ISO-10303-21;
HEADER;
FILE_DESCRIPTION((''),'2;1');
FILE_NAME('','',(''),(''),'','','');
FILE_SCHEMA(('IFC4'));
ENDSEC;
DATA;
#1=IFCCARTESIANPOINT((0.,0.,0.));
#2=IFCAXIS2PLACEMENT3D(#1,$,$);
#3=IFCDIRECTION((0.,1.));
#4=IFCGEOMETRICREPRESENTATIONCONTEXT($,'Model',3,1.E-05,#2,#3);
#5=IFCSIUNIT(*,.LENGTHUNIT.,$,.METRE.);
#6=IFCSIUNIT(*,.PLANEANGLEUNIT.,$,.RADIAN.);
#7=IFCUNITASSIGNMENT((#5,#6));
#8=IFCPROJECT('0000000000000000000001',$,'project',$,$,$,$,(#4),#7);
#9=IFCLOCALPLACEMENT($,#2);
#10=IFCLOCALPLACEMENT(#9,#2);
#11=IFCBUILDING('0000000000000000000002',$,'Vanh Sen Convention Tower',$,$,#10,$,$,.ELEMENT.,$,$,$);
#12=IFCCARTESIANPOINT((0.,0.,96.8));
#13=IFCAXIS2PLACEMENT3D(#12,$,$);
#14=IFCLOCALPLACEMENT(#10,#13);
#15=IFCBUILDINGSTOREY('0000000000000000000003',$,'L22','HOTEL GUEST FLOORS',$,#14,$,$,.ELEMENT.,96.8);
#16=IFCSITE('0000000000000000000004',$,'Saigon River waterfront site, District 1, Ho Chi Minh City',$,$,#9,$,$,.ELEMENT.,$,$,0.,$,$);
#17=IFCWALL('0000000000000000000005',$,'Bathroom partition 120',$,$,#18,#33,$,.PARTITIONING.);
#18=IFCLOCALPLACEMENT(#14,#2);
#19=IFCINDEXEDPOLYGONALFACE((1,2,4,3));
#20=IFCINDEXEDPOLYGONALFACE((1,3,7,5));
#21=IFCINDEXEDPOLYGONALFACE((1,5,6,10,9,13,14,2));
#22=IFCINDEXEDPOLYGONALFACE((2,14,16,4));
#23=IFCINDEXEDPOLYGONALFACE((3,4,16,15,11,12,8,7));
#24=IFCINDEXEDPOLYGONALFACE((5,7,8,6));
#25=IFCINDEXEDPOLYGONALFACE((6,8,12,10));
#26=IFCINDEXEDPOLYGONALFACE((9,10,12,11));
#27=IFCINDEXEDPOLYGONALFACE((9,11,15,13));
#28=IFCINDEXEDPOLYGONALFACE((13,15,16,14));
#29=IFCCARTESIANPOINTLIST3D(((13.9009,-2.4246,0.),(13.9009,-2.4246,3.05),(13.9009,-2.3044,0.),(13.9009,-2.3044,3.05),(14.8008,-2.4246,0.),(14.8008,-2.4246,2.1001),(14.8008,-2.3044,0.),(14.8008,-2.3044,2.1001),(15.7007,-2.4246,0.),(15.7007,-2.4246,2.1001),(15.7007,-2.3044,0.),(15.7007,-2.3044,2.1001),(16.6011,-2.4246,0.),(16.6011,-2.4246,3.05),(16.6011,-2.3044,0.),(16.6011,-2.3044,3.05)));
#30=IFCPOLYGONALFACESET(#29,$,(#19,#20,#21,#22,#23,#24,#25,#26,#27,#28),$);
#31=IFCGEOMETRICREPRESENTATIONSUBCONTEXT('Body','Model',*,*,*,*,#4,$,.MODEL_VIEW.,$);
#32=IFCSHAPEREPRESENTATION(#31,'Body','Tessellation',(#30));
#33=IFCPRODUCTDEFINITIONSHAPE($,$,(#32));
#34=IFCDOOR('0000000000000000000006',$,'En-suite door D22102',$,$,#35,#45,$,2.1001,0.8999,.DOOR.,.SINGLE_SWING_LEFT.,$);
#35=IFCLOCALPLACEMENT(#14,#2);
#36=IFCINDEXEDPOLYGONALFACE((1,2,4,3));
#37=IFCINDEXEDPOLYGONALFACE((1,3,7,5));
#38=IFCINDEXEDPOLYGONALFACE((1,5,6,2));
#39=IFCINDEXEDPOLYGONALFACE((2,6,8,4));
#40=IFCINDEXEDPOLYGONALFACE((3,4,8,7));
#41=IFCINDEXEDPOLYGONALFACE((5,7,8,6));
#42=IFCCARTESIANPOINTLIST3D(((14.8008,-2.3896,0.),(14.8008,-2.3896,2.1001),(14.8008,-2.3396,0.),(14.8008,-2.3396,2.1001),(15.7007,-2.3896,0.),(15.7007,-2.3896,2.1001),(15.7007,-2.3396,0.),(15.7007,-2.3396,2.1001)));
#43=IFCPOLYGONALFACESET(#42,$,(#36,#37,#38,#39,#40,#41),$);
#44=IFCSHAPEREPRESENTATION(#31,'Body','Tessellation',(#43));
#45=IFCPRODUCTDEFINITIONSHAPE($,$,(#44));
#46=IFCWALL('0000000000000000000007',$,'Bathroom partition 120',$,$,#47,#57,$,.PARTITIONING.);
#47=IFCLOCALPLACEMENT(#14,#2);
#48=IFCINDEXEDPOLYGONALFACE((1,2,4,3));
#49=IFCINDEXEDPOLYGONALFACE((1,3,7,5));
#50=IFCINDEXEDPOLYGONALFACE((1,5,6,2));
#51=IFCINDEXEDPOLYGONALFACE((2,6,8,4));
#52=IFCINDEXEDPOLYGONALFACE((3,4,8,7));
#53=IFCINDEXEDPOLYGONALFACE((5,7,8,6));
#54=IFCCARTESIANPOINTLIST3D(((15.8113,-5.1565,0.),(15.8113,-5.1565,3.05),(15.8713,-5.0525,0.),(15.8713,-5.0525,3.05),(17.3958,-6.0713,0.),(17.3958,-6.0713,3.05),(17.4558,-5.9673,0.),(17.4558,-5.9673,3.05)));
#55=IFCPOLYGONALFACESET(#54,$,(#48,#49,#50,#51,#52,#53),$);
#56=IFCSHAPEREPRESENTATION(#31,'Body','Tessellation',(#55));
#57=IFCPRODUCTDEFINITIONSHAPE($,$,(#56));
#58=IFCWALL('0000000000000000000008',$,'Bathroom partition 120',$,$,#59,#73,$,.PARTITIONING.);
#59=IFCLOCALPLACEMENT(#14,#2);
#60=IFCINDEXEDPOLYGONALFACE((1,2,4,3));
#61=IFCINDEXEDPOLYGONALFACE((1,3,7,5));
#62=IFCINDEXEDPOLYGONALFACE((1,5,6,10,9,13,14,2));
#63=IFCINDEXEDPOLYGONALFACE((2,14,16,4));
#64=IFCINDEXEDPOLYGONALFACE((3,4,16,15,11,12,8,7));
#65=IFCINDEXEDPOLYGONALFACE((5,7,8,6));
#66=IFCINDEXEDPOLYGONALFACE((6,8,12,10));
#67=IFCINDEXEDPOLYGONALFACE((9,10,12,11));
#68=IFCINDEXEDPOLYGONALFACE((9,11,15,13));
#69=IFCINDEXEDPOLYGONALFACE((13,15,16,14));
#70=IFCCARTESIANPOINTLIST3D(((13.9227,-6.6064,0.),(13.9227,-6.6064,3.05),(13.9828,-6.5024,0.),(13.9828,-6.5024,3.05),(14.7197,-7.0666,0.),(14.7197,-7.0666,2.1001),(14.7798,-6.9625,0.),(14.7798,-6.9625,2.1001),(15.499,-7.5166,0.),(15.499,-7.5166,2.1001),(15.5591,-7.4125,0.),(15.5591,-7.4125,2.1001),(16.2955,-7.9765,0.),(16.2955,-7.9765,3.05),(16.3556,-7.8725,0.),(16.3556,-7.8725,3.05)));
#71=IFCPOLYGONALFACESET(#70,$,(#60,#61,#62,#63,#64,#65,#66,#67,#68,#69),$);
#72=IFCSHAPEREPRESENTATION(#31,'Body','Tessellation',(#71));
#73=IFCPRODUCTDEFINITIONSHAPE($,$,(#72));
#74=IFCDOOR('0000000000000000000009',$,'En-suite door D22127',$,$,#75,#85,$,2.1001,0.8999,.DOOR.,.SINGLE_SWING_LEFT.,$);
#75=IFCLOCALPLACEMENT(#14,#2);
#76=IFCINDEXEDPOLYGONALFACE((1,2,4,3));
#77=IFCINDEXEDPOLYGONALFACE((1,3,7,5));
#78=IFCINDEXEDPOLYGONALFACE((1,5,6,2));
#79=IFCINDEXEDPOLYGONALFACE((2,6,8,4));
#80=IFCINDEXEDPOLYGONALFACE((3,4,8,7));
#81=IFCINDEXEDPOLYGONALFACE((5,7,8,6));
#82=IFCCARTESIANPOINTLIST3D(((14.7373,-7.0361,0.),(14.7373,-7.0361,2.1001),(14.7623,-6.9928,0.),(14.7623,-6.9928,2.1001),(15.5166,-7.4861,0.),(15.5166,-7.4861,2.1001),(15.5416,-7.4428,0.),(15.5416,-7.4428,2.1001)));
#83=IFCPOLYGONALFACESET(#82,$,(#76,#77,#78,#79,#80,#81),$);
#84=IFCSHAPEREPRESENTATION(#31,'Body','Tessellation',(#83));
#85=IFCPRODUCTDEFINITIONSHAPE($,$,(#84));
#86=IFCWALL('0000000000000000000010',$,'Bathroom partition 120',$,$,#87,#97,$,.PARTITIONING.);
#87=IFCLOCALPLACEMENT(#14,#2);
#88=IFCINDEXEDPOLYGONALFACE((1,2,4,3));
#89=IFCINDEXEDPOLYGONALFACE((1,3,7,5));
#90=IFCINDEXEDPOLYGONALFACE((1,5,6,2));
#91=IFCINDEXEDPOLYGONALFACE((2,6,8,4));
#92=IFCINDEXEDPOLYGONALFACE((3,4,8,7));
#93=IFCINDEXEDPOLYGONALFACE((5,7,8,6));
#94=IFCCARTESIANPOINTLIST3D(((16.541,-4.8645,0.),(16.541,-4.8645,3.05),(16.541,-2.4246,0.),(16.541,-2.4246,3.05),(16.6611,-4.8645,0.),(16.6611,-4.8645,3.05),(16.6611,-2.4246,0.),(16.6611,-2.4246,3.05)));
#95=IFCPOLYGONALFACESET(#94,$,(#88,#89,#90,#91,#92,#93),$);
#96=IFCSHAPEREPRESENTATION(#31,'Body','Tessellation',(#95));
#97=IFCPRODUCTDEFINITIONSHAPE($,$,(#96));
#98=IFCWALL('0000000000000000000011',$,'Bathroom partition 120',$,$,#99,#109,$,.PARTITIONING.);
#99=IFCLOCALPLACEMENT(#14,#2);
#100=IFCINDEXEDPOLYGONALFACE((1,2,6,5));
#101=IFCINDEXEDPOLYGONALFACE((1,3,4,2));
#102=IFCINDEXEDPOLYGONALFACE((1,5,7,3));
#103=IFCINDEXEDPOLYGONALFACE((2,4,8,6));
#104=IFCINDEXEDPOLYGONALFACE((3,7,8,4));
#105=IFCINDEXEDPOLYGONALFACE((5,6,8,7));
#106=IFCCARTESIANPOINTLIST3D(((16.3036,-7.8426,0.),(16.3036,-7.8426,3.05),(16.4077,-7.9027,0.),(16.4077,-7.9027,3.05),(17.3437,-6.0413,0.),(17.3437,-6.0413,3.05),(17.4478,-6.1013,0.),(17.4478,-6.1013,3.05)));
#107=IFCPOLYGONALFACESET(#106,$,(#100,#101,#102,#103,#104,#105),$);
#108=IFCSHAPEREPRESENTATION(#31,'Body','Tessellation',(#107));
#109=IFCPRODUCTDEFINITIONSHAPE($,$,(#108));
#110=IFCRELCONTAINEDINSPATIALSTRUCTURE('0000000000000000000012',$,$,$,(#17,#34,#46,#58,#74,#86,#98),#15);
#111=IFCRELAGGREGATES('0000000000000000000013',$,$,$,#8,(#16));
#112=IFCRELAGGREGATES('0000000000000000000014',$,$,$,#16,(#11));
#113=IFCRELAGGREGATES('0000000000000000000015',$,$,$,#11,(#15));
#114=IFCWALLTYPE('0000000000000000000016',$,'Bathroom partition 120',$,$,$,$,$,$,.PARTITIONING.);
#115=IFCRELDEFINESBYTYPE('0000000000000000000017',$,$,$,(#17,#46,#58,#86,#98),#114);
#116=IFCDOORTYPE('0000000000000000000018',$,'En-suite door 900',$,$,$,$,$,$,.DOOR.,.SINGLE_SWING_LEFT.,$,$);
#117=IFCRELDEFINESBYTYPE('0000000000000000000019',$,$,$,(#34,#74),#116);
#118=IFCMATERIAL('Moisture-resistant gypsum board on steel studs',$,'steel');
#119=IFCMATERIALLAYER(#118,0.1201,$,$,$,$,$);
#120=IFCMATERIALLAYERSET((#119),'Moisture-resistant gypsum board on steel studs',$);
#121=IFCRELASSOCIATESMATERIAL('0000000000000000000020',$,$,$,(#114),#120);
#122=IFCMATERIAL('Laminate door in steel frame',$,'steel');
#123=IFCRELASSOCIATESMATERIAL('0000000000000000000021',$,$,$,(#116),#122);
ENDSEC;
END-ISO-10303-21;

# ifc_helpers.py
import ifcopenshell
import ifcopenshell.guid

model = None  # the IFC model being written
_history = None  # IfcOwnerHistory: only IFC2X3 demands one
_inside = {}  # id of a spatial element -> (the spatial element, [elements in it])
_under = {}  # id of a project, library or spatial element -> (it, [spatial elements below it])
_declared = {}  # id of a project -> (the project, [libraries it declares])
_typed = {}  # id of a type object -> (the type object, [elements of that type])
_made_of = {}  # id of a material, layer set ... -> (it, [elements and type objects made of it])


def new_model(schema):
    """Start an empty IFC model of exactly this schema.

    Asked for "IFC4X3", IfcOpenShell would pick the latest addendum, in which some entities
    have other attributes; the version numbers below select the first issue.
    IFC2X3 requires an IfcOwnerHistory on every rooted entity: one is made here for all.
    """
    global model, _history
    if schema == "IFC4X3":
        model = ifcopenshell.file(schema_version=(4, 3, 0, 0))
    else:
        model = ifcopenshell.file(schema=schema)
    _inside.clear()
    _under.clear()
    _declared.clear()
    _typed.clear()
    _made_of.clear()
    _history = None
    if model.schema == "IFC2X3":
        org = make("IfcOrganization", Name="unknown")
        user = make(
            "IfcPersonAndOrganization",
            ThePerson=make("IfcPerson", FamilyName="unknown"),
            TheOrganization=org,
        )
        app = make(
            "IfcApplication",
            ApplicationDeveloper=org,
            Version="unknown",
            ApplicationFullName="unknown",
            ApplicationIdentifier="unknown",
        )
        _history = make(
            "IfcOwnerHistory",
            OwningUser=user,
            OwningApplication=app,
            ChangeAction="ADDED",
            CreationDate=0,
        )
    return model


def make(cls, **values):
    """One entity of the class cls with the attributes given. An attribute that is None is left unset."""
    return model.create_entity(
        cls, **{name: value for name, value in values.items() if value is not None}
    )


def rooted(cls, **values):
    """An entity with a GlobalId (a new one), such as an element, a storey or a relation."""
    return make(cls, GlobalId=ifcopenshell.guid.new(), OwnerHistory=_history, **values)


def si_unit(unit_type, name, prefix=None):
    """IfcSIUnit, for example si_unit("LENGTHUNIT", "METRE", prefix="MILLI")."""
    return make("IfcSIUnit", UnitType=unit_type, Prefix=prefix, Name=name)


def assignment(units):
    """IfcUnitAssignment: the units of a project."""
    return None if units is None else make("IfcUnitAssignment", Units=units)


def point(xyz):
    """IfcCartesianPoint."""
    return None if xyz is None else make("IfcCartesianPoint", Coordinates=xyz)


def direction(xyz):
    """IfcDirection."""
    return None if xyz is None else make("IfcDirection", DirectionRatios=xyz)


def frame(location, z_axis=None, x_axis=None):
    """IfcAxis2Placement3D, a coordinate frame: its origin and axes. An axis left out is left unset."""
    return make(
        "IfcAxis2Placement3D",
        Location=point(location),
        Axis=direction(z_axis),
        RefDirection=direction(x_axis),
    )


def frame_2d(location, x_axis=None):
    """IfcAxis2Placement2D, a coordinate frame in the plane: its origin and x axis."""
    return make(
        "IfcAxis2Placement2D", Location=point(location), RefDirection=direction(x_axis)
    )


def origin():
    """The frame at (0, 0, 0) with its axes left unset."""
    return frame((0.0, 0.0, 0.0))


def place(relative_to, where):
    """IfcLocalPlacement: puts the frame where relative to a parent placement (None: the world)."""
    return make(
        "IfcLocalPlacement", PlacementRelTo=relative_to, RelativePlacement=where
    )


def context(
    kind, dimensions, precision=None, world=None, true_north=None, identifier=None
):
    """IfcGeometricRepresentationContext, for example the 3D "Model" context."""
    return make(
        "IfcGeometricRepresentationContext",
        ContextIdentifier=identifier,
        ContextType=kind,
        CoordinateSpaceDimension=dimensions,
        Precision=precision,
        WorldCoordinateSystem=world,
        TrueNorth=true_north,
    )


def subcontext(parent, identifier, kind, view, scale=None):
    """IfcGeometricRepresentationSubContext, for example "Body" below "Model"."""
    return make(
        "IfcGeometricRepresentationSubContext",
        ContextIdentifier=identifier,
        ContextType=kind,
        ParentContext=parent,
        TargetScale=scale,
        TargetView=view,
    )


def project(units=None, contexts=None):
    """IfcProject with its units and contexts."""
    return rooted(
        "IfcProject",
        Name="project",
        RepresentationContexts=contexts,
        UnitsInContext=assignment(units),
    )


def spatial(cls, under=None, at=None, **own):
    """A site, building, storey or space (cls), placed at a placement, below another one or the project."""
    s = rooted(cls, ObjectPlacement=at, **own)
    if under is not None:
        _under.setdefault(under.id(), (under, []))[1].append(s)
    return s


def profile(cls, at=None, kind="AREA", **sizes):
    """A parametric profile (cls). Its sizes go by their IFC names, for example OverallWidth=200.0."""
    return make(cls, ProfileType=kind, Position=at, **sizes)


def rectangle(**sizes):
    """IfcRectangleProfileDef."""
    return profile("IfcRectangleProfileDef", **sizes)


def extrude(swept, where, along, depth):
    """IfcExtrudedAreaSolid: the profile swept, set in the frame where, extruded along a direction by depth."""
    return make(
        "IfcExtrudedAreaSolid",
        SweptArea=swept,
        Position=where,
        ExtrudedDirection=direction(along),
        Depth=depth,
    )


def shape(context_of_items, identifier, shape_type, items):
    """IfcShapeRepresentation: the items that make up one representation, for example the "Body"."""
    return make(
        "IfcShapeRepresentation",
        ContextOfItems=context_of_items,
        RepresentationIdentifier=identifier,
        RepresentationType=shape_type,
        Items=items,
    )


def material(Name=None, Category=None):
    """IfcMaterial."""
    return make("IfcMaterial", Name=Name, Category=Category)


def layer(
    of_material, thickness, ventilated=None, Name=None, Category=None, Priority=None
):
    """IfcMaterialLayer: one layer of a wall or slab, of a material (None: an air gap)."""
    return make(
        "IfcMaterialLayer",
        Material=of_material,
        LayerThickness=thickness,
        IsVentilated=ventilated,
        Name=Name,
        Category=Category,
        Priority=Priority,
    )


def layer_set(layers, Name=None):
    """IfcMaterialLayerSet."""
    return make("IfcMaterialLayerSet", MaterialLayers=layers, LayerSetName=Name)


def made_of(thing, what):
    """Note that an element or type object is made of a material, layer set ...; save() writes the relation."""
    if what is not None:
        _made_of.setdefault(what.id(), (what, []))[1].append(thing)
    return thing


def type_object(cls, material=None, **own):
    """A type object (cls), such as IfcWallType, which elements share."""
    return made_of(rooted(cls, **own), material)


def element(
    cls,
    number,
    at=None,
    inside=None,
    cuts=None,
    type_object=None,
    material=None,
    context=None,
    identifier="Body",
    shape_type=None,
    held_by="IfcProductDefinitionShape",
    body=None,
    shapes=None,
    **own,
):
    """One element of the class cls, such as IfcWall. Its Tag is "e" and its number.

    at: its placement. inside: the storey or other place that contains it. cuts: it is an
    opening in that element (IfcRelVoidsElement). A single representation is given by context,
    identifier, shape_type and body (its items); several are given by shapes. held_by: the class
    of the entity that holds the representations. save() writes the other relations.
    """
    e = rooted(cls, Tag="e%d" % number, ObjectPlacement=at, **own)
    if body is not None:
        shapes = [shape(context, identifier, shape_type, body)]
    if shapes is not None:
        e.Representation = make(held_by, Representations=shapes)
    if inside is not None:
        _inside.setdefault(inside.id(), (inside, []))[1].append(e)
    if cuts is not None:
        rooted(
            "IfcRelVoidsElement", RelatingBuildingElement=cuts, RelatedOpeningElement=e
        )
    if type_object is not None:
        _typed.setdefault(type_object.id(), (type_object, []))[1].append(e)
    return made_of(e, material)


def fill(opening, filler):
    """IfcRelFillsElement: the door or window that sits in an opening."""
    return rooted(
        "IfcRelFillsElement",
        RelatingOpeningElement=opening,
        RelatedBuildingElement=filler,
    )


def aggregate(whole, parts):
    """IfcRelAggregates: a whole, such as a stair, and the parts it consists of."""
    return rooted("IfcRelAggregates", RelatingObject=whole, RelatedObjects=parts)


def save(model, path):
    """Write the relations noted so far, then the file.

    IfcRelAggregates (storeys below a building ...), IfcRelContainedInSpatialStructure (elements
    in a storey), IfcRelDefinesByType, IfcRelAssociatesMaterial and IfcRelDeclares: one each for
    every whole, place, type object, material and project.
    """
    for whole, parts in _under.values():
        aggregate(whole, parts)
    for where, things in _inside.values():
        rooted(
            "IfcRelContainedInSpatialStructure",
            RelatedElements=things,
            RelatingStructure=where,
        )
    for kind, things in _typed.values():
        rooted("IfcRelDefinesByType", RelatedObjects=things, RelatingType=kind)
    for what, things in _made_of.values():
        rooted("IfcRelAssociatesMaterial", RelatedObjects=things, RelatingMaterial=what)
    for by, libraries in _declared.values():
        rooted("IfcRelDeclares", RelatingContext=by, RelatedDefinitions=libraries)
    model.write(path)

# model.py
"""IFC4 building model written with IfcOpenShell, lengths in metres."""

from ifc_helpers import new_model, si_unit, direction, frame, frame_2d, origin, place, context, subcontext, project, spatial, rectangle, extrude, material, layer, layer_set, type_object, element, fill, save


model = new_model("IFC4")

# Units and contexts
model_context = context("Model", 3, precision=1e-05, world=origin(), true_north=direction((0.0, 1.0)))
body_context = subcontext(model_context, "Body", "Model", "MODEL_VIEW")
ifc_project = project(units=[si_unit("LENGTHUNIT", "METRE"), si_unit("PLANEANGLEUNIT", "RADIAN")], contexts=[model_context])

# Site, building, storey
site_placement = place(None, origin())
site = spatial("IfcSite", under=ifc_project, at=site_placement, Name="Saigon River waterfront site, District 1, Ho Chi Minh City", CompositionType="ELEMENT", RefElevation=0.0)
building_placement = place(site_placement, origin())
building = spatial("IfcBuilding", under=site, at=building_placement, Name="Vanh Sen Convention Tower", CompositionType="ELEMENT")
storey_placement = place(building_placement, frame((0.0, 0.0, 96.8)))
storey = spatial("IfcBuildingStorey", under=building, at=storey_placement, Name="L22", Description="HOTEL GUEST FLOORS", CompositionType="ELEMENT", Elevation=96.8)

# Wall, opening, door
ifc_material_1 = material(Name="Moisture-resistant gypsum board on steel studs", Category="steel")
ifc_layer_1 = layer(ifc_material_1, 0.1201)
ifc_layer_set_1 = layer_set([ifc_layer_1], Name="Moisture-resistant gypsum board on steel studs")
wall_type_1 = type_object("IfcWallType", Name="Bathroom partition 120", PredefinedType="PARTITIONING", material=ifc_layer_set_1)
wall_1_placement = place(storey_placement, frame((13.9009, -2.3645, 0.0), z_axis=(0.0, 0.0, 1.0), x_axis=(1.0, 0.0, 0.0)))
wall_1 = element("IfcWall", 1, at=wall_1_placement, inside=storey, type_object=wall_type_1, Name="Bathroom partition 120", PredefinedType="PARTITIONING", context=body_context, shape_type="SweptSolid", body=[
    extrude(rectangle(XDim=2.7002, YDim=0.1201, at=frame_2d((1.3501, 0.0))), origin(), (0.0, 0.0, 1.0), 3.05),
])
opening_1_placement = place(wall_1_placement, frame((0.8999, 0.0, 0.0)))
opening_1 = element("IfcOpeningElement", 2, at=opening_1_placement, cuts=wall_1, PredefinedType="OPENING", context=body_context, shape_type="SweptSolid", body=[
    extrude(rectangle(XDim=0.8999, YDim=2.1001, at=frame_2d((0.45, 1.05))), frame((0.0, 0.0701, 0.0), z_axis=(0.0, -1.0, 0.0), x_axis=(1.0, 0.0, 0.0)), (0.0, 0.0, 1.0), 0.1401),
])
ifc_material_2 = material(Name="Laminate door in steel frame", Category="steel")
door_type = type_object("IfcDoorType", Name="En-suite door 900", OperationType="SINGLE_SWING_LEFT", PredefinedType="DOOR", material=ifc_material_2)
door_1_placement = place(opening_1_placement, origin())
door_1 = element("IfcDoor", 3, at=door_1_placement, inside=storey, type_object=door_type, Name="En-suite door D22102", OperationType="SINGLE_SWING_LEFT", OverallHeight=2.1001, OverallWidth=0.8999, PredefinedType="DOOR", context=body_context, shape_type="SweptSolid", body=[
    extrude(rectangle(XDim=0.8999, YDim=2.1001, at=frame_2d((0.45, 1.05))), frame((0.0, 0.0249, 0.0), z_axis=(0.0, -1.0, 0.0), x_axis=(1.0, 0.0, 0.0)), (0.0, 0.0, 1.0), 0.05),
])
fill(opening_1, door_1)

# Wall
wall_2_placement = place(storey_placement, frame((15.8413, -5.1045, 0.0), z_axis=(0.0, 0.0, 1.0), x_axis=(0.866026, -0.5, 0.0)))
element("IfcWall", 4, at=wall_2_placement, inside=storey, type_object=wall_type_1, Name="Bathroom partition 120", PredefinedType="PARTITIONING", context=body_context, shape_type="SweptSolid", body=[
    extrude(rectangle(XDim=1.8296, YDim=0.1201, at=frame_2d((0.9148, 0.0))), origin(), (0.0, 0.0, 1.0), 3.05),
])

# Wall, opening, door
wall_3_placement = place(storey_placement, frame((16.3257, -7.9246, 0.0), z_axis=(0.0, 0.0, 1.0), x_axis=(-0.865997, 0.500049, 0.0)))
wall_3 = element("IfcWall", 5, at=wall_3_placement, inside=storey, type_object=wall_type_1, Name="Bathroom partition 120", PredefinedType="PARTITIONING", context=body_context, shape_type="SweptSolid", body=[
    extrude(rectangle(XDim=2.74, YDim=0.1201, at=frame_2d((1.3701, 0.0))), origin(), (0.0, 0.0, 1.0), 3.05),
])
opening_2_placement = place(wall_3_placement, frame((0.9199, 0.0, 0.0)))
opening_2 = element("IfcOpeningElement", 6, at=opening_2_placement, cuts=wall_3, PredefinedType="OPENING", context=body_context, shape_type="SweptSolid", body=[
    extrude(rectangle(XDim=0.8999, YDim=2.1001, at=frame_2d((0.45, 1.05))), frame((0.0, 0.0701, 0.0), z_axis=(0.0, -1.0, 0.0), x_axis=(1.0, 0.0, 0.0)), (0.0, 0.0, 1.0), 0.1401),
])
door_2_placement = place(opening_2_placement, origin())
door_2 = element("IfcDoor", 7, at=door_2_placement, inside=storey, type_object=door_type, Name="En-suite door D22127", OperationType="SINGLE_SWING_LEFT", OverallHeight=2.1001, OverallWidth=0.8999, PredefinedType="DOOR", context=body_context, shape_type="SweptSolid", body=[
    extrude(rectangle(XDim=0.8999, YDim=2.1001, at=frame_2d((0.45, 1.05))), frame((0.0, 0.0249, 0.0), z_axis=(0.0, -1.0, 0.0), x_axis=(1.0, 0.0, 0.0)), (0.0, 0.0, 1.0), 0.05),
])
fill(opening_2, door_2)

# Walls
wall_4_placement = place(storey_placement, frame((16.6011, -2.4246, 0.0), z_axis=(0.0, 0.0, 1.0), x_axis=(0.0, -1.0, 0.0)))
element("IfcWall", 8, at=wall_4_placement, inside=storey, type_object=wall_type_1, Name="Bathroom partition 120", PredefinedType="PARTITIONING", context=body_context, shape_type="SweptSolid", body=[
    extrude(rectangle(XDim=2.4399, YDim=0.1201, at=frame_2d((1.22, 0.0))), origin(), (0.0, 0.0, 1.0), 3.05),
])
wall_5_placement = place(storey_placement, frame((17.3958, -6.0713, 0.0), z_axis=(0.0, 0.0, 1.0), x_axis=(-0.500027, -0.86601, 0.0)))
element("IfcWall", 9, at=wall_5_placement, inside=storey, type_object=wall_type_1, Name="Bathroom partition 120", PredefinedType="PARTITIONING", context=body_context, shape_type="SweptSolid", body=[
    extrude(rectangle(XDim=2.0801, YDim=0.1201, at=frame_2d((1.04, 0.0))), origin(), (0.0, 0.0, 1.0), 3.05),
])

save(model, "model.ifc")
